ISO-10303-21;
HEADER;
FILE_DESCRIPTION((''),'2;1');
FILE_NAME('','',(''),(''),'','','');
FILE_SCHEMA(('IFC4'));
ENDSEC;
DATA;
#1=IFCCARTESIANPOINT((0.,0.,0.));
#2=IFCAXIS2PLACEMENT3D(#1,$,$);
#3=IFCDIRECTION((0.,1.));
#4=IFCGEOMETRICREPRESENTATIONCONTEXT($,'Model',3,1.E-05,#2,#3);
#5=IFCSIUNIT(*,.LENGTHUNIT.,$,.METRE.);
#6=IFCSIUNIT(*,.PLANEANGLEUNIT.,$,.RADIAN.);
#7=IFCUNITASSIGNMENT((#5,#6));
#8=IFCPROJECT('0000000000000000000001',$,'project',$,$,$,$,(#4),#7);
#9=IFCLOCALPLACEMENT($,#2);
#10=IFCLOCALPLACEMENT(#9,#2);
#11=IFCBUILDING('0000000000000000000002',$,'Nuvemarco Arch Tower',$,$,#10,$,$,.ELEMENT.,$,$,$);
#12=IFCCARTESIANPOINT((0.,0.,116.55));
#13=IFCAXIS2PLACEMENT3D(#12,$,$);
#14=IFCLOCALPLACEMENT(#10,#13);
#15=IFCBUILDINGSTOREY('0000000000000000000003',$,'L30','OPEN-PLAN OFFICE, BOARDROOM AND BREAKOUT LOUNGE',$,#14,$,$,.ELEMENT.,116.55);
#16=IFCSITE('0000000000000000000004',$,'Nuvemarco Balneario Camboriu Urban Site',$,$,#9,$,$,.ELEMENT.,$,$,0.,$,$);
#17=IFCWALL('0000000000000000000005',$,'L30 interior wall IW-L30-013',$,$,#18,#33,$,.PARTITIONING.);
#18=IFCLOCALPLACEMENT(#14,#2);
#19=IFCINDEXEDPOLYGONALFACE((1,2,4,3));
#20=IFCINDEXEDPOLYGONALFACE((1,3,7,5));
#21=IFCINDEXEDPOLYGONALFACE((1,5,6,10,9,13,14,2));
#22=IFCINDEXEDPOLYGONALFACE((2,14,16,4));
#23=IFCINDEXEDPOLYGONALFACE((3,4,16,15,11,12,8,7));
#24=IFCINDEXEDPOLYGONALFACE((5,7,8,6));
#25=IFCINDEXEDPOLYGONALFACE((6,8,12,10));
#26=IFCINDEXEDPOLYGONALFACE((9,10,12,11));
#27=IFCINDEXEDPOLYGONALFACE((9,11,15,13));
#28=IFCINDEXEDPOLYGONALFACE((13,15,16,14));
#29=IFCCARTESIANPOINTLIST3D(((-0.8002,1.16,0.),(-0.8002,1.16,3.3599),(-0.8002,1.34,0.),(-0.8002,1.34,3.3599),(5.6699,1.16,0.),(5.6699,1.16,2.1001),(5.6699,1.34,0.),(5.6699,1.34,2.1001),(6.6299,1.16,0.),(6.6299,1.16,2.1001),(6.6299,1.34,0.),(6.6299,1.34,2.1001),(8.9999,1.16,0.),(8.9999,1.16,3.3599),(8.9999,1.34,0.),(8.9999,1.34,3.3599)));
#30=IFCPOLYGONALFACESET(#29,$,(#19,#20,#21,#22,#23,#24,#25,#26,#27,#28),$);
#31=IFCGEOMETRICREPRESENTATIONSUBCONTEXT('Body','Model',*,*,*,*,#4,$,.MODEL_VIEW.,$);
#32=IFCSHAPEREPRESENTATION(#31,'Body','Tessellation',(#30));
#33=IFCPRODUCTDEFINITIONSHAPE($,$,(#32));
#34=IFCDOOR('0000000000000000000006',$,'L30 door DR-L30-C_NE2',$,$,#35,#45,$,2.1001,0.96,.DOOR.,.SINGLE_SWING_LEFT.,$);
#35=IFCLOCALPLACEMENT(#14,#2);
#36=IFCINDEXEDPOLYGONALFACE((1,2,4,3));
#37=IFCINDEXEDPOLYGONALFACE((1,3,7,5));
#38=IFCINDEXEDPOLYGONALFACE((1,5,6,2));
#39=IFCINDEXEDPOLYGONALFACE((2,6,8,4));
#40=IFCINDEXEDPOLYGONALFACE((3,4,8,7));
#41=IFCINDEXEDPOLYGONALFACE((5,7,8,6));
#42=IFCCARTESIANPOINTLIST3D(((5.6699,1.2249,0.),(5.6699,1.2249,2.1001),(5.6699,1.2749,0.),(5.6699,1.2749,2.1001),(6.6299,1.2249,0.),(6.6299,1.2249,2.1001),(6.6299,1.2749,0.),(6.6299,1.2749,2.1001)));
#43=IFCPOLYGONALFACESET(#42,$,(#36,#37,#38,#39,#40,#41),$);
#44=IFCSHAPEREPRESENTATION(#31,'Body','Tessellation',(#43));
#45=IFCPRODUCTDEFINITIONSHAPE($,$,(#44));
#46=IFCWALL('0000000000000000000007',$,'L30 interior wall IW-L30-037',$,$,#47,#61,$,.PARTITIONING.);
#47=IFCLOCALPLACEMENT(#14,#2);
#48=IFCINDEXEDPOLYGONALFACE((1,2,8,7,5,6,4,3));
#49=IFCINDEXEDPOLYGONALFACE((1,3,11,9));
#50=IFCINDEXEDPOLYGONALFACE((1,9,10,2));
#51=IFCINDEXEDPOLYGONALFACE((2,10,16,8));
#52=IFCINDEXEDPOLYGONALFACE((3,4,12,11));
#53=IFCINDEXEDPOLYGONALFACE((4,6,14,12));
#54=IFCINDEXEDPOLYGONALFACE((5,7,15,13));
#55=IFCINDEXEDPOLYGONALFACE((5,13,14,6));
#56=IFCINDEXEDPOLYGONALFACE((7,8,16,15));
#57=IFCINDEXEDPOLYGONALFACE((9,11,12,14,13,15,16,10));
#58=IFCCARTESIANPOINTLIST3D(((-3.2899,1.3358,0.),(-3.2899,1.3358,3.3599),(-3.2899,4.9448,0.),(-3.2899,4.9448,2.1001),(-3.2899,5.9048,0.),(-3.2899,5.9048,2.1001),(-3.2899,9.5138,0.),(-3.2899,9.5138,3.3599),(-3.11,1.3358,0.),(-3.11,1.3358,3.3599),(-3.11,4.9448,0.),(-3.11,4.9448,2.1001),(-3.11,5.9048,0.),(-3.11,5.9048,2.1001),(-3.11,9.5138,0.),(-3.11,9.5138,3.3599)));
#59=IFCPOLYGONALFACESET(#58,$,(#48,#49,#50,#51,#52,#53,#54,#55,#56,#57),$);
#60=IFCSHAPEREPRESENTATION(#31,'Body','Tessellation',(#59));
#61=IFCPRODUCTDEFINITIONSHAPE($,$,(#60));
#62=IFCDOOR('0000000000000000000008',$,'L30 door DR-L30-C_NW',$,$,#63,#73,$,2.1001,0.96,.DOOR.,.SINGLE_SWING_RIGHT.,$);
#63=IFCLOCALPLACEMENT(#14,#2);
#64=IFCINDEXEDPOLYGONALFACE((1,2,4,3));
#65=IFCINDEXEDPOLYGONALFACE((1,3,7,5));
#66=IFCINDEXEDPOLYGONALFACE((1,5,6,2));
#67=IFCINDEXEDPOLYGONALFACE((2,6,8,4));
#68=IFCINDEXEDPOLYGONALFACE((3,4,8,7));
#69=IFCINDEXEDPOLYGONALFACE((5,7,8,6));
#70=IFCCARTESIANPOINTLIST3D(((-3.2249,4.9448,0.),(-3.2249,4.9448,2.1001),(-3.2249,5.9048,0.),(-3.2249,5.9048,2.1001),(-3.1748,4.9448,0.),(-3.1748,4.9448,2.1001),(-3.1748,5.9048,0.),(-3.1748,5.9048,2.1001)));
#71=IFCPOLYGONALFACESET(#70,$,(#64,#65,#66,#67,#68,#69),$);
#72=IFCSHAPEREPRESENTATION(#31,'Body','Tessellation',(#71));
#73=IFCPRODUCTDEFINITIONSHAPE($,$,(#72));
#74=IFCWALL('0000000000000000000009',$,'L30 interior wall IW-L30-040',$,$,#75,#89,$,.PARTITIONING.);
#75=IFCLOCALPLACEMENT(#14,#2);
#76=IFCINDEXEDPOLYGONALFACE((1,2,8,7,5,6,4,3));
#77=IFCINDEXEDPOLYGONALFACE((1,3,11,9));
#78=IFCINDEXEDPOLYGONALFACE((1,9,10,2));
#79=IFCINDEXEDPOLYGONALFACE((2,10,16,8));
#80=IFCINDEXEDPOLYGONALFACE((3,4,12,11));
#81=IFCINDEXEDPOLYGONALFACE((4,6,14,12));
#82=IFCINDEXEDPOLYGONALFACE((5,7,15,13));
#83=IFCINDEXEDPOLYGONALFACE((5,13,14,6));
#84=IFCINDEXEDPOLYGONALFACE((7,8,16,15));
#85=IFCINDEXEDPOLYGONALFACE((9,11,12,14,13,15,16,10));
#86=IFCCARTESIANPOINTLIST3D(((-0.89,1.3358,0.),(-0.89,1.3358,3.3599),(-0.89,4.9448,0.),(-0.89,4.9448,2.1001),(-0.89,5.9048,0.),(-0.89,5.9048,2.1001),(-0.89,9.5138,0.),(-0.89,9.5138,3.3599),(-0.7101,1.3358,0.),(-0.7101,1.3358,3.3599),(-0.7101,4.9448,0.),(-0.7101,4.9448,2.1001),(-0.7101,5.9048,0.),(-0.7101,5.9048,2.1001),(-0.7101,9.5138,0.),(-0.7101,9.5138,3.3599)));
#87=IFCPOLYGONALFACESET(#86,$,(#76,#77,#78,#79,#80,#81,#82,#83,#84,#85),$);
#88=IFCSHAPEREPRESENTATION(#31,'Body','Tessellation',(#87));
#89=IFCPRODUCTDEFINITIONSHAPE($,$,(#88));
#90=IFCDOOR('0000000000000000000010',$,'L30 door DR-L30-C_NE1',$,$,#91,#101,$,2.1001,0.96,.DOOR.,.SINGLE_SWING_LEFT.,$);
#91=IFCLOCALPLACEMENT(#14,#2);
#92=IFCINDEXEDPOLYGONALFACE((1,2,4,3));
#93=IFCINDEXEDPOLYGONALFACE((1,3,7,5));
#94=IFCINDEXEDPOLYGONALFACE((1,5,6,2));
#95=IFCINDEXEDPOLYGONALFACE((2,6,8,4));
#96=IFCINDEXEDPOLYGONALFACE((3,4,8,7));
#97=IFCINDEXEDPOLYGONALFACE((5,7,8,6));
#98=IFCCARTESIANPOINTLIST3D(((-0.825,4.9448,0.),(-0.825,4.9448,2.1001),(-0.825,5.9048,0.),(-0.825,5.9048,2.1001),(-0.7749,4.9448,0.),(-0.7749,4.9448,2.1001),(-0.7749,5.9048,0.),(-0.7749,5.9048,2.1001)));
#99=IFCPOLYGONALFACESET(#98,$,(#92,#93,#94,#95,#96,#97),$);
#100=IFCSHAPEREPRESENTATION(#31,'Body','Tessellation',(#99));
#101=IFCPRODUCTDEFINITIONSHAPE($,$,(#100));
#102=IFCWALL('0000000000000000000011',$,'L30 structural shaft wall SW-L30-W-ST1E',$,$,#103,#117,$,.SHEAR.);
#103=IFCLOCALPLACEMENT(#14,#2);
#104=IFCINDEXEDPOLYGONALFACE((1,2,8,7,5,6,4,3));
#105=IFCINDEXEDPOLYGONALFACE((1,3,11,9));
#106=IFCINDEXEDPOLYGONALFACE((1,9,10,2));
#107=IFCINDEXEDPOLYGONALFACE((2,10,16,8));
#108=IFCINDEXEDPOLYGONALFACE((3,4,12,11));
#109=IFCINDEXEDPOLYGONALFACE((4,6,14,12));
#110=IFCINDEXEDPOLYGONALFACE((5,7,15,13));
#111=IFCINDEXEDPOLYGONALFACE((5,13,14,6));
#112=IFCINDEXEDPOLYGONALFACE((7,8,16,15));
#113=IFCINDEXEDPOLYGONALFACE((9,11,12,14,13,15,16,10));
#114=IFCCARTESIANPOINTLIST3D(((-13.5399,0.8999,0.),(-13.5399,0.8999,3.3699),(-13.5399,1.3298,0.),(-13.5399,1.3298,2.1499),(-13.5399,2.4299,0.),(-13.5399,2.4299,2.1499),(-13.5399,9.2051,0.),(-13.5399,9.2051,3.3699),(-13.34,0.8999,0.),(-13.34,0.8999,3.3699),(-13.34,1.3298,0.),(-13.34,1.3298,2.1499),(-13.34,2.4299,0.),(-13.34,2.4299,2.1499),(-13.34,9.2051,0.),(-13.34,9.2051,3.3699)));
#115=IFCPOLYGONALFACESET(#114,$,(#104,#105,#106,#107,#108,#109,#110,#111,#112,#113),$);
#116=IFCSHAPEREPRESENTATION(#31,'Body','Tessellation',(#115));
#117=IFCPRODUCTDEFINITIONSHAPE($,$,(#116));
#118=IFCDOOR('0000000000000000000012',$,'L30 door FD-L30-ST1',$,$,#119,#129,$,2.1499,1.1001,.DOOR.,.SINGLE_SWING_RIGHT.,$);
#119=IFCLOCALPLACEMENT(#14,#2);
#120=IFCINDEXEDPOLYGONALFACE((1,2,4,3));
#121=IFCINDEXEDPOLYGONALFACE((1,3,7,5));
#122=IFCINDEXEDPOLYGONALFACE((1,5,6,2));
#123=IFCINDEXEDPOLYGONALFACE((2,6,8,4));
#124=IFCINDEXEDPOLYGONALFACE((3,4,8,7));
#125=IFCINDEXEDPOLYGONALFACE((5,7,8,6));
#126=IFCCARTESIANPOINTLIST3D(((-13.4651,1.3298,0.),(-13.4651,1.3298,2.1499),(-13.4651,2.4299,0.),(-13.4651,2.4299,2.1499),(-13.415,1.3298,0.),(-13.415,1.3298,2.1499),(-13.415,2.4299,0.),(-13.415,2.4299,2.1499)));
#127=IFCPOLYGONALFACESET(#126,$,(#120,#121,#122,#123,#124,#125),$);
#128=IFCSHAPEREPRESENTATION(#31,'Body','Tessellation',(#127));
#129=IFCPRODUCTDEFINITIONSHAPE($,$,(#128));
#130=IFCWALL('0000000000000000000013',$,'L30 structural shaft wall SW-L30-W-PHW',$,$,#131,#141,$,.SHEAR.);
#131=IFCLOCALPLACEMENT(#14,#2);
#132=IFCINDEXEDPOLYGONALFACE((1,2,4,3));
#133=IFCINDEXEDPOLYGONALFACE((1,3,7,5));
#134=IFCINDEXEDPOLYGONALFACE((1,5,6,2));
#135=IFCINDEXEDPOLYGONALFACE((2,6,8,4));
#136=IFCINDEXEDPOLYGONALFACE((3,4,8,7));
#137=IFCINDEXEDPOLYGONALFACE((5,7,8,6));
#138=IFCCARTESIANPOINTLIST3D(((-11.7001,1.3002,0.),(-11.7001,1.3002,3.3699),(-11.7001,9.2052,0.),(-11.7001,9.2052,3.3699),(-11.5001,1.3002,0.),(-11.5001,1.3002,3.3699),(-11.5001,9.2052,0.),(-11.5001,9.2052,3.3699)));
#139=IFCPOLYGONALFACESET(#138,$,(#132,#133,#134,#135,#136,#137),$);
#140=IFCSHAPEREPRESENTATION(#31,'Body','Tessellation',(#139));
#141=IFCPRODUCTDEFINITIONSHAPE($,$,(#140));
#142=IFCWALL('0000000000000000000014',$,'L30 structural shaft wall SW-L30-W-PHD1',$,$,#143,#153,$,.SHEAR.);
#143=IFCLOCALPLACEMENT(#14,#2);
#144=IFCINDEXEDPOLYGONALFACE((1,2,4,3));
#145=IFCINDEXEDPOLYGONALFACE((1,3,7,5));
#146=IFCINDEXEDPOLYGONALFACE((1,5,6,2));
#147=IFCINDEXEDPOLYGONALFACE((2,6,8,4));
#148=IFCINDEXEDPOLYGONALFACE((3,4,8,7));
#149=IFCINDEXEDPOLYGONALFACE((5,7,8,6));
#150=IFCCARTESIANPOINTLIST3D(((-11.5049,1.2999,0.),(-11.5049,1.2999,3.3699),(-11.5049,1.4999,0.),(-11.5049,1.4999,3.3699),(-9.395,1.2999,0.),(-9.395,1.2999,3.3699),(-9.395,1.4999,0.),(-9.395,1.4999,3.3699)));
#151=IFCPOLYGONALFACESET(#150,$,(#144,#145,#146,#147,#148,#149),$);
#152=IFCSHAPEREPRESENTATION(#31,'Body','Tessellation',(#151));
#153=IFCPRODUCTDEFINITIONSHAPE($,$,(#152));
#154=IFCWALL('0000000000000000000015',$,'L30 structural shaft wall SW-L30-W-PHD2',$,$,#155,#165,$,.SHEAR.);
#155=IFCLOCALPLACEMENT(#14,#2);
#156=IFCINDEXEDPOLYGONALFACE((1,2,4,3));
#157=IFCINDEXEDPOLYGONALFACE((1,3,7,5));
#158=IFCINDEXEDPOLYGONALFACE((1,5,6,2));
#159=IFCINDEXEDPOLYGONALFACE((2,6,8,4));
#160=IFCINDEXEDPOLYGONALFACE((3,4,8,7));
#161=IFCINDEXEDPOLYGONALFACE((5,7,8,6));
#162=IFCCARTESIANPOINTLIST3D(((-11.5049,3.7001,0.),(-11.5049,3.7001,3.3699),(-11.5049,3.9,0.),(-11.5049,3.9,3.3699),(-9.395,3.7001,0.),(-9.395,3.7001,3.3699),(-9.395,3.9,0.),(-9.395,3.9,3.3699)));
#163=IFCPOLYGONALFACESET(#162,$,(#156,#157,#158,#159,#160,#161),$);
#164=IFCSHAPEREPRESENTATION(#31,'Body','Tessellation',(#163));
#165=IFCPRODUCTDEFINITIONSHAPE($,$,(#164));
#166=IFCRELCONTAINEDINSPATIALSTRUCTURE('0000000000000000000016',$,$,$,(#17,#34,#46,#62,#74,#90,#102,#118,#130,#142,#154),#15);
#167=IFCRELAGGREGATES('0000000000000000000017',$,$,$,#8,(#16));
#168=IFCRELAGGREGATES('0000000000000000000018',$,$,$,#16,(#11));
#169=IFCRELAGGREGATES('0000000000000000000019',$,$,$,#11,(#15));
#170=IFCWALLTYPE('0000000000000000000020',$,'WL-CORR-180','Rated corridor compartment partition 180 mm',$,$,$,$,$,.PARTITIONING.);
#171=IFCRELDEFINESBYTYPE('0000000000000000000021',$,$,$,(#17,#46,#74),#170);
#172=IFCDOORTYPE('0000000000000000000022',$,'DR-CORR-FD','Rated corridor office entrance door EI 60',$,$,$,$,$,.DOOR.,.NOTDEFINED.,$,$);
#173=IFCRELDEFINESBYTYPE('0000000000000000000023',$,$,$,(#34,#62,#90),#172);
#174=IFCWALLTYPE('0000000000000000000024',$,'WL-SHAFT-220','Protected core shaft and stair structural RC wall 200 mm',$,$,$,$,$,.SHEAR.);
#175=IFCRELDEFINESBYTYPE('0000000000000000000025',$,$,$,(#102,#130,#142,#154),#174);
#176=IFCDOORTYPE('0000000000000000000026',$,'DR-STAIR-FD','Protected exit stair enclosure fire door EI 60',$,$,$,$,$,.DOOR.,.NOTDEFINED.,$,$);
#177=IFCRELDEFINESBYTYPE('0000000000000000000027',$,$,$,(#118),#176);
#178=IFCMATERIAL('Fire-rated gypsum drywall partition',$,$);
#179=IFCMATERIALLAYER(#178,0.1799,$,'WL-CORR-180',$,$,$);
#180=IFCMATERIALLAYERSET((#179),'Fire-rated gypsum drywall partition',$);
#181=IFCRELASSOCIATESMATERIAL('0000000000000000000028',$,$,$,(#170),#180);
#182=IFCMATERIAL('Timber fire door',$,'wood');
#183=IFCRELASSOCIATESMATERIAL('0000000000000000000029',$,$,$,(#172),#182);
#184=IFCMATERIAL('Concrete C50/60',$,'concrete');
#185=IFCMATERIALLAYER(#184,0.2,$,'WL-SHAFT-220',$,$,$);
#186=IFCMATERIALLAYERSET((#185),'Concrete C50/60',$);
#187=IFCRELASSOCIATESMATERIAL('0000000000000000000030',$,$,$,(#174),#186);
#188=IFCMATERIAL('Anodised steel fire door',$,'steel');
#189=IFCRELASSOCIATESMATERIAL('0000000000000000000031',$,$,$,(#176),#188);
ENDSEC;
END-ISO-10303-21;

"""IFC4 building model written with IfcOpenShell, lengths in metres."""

from ifc_helpers import new_model, si_unit, direction, frame, frame_2d, origin, place, context, subcontext, project, spatial, rectangle, extrude, source, transform, mapped, material, layer, layer_set, type_object, type_shapes, element, fill, save


model = new_model("IFC4")

# Units and contexts
model_context = context("Model", 3, precision=1e-05, world=origin(), true_north=direction((0.0, 1.0)))
body_context = subcontext(model_context, "Body", "Model", "MODEL_VIEW")
ifc_project = project(units=[si_unit("LENGTHUNIT", "METRE"), si_unit("PLANEANGLEUNIT", "RADIAN")], contexts=[model_context])

# Site, building, storey
site_placement = place(None, origin())
site = spatial("IfcSite", under=ifc_project, at=site_placement, Name="Nuvemarco Balneario Camboriu Urban Site", CompositionType="ELEMENT", RefElevation=0.0)
building_placement = place(site_placement, origin())
building = spatial("IfcBuilding", under=site, at=building_placement, Name="Nuvemarco Arch Tower", CompositionType="ELEMENT")
storey_placement = place(building_placement, frame((0.0, 0.0, 116.55)))
storey = spatial("IfcBuildingStorey", under=building, at=storey_placement, Name="L30", Description="OPEN-PLAN OFFICE, BOARDROOM AND BREAKOUT LOUNGE", CompositionType="ELEMENT", Elevation=116.55)

# Shared definitions
ifc_material_1 = material(Name="Concrete C50/60", Category="concrete")

# Shared definitions
ifc_material_2 = material(Name="Fire-rated gypsum drywall partition")
ifc_layer_1 = layer(ifc_material_2, 0.1799, Name="WL-CORR-180")
ifc_layer_set_1 = layer_set([ifc_layer_1], Name="Fire-rated gypsum drywall partition")
wall_type_1 = type_object("IfcWallType", Name="WL-CORR-180", Description="Rated corridor compartment partition 180 mm", PredefinedType="PARTITIONING", material=ifc_layer_set_1)

# Walls, openings, doors
wall_1_placement = place(storey_placement, frame((-0.8, 1.25, 0.0), z_axis=(0.0, 0.0, 1.0), x_axis=(1.0, 0.0, 0.0)))
wall_1 = element("IfcWall", 1, at=wall_1_placement, inside=storey, type_object=wall_type_1, Name="L30 interior wall IW-L30-013", PredefinedType="PARTITIONING", context=body_context, shape_type="SweptSolid", body=[
    extrude(rectangle(XDim=9.8, YDim=0.1799, at=frame_2d((4.8999, 0.0))), origin(), (0.0, 0.0, 1.0), 3.3599),
])
opening_1_placement = place(wall_1_placement, frame((6.47, 0.0, 0.0)))
opening_1 = element("IfcOpeningElement", 2, at=opening_1_placement, cuts=wall_1, PredefinedType="OPENING", context=body_context, shape_type="SweptSolid", body=[
    extrude(rectangle(XDim=0.96, YDim=2.1001, at=frame_2d((0.48, 1.05))), frame((0.0, 0.0999, 0.0), z_axis=(0.0, -1.0, 0.0), x_axis=(1.0, 0.0, 0.0)), (0.0, 0.0, 1.0), 0.2),
])
ifc_material_3 = material(Name="Timber fire door", Category="wood")
door_type_1 = type_object("IfcDoorType", Name="DR-CORR-FD", Description="Rated corridor office entrance door EI 60", OperationType="NOTDEFINED", PredefinedType="DOOR", material=ifc_material_3)
shared_shape_1 = source(origin(), body_context, "Body", "SweptSolid", [
    extrude(rectangle(XDim=0.96, YDim=2.1001, at=frame_2d((0.48, 1.05))), frame((0.0, 0.0249, 0.0), z_axis=(0.0, -1.0, 0.0), x_axis=(1.0, 0.0, 0.0)), (0.0, 0.0, 1.0), 0.05),
])
type_shapes(door_type_1, [shared_shape_1])
door_1_placement = place(opening_1_placement, origin())
door_1 = element("IfcDoor", 3, at=door_1_placement, inside=storey, type_object=door_type_1, Name="L30 door DR-L30-C_NE2", OperationType="SINGLE_SWING_LEFT", OverallHeight=2.1001, OverallWidth=0.96, PredefinedType="DOOR", context=body_context, shape_type="MappedRepresentation", body=[
    mapped(shared_shape_1, transform((0.0, 0.0, 0.0), scale=1.0)),
])
fill(opening_1, door_1)
wall_2_placement = place(storey_placement, frame((-3.2, 1.3359, 0.0), z_axis=(0.0, 0.0, 1.0), x_axis=(0.0, 1.0, 0.0)))
wall_2 = element("IfcWall", 4, at=wall_2_placement, inside=storey, type_object=wall_type_1, Name="L30 interior wall IW-L30-037", PredefinedType="PARTITIONING", context=body_context, shape_type="SweptSolid", body=[
    extrude(rectangle(XDim=8.178, YDim=0.1799, at=frame_2d((4.0889, 0.0))), origin(), (0.0, 0.0, 1.0), 3.3599),
])
opening_2_placement = place(wall_2_placement, frame((3.6089, 0.0, 0.0)))
opening_2 = element("IfcOpeningElement", 5, at=opening_2_placement, cuts=wall_2, PredefinedType="OPENING", context=body_context, shape_type="SweptSolid", body=[
    extrude(rectangle(XDim=0.96, YDim=2.1001, at=frame_2d((0.48, 1.05))), frame((0.0, 0.0999, 0.0), z_axis=(0.0, -1.0, 0.0), x_axis=(1.0, 0.0, 0.0)), (0.0, 0.0, 1.0), 0.2),
])
door_2_placement = place(opening_2_placement, origin())
door_2 = element("IfcDoor", 6, at=door_2_placement, inside=storey, type_object=door_type_1, Name="L30 door DR-L30-C_NW", OperationType="SINGLE_SWING_RIGHT", OverallHeight=2.1001, OverallWidth=0.96, PredefinedType="DOOR", context=body_context, shape_type="MappedRepresentation", body=[
    mapped(shared_shape_1, transform((0.0, 0.0, 0.0), scale=1.0)),
])
fill(opening_2, door_2)
wall_3_placement = place(storey_placement, frame((-0.8, 1.3359, 0.0), z_axis=(0.0, 0.0, 1.0), x_axis=(0.0, 1.0, 0.0)))
wall_3 = element("IfcWall", 7, at=wall_3_placement, inside=storey, type_object=wall_type_1, Name="L30 interior wall IW-L30-040", PredefinedType="PARTITIONING", context=body_context, shape_type="SweptSolid", body=[
    extrude(rectangle(XDim=8.178, YDim=0.1799, at=frame_2d((4.0889, 0.0))), origin(), (0.0, 0.0, 1.0), 3.3599),
])
opening_3_placement = place(wall_3_placement, frame((3.6089, 0.0, 0.0)))
opening_3 = element("IfcOpeningElement", 8, at=opening_3_placement, cuts=wall_3, PredefinedType="OPENING", context=body_context, shape_type="SweptSolid", body=[
    extrude(rectangle(XDim=0.96, YDim=2.1001, at=frame_2d((0.48, 1.05))), frame((0.0, 0.0999, 0.0), z_axis=(0.0, -1.0, 0.0), x_axis=(1.0, 0.0, 0.0)), (0.0, 0.0, 1.0), 0.2),
])
door_3_placement = place(opening_3_placement, origin())
door_3 = element("IfcDoor", 9, at=door_3_placement, inside=storey, type_object=door_type_1, Name="L30 door DR-L30-C_NE1", OperationType="SINGLE_SWING_LEFT", OverallHeight=2.1001, OverallWidth=0.96, PredefinedType="DOOR", context=body_context, shape_type="MappedRepresentation", body=[
    mapped(shared_shape_1, transform((0.0, 0.0, 0.0), scale=1.0)),
])
fill(opening_3, door_3)
ifc_layer_2 = layer(ifc_material_1, 0.2, Name="WL-SHAFT-220")
ifc_layer_set_2 = layer_set([ifc_layer_2], Name="Concrete C50/60")
wall_type_2 = type_object("IfcWallType", Name="WL-SHAFT-220", Description="Protected core shaft and stair structural RC wall 200 mm", PredefinedType="SHEAR", material=ifc_layer_set_2)
wall_4_placement = place(storey_placement, frame((-13.4399, 0.8999, 0.0), z_axis=(0.0, 0.0, 1.0), x_axis=(0.0, 1.0, 0.0)))
wall_4 = element("IfcWall", 10, at=wall_4_placement, inside=storey, type_object=wall_type_2, Name="L30 structural shaft wall SW-L30-W-ST1E", PredefinedType="SHEAR", context=body_context, shape_type="SweptSolid", body=[
    extrude(rectangle(XDim=8.3052, YDim=0.2, at=frame_2d((4.1526, 0.0))), origin(), (0.0, 0.0, 1.0), 3.3699),
])
opening_4_placement = place(wall_4_placement, frame((1.53, 0.0, 0.0), z_axis=(0.0, 0.0, 1.0), x_axis=(-1.0, 0.0, 0.0)))
opening_4 = element("IfcOpeningElement", 11, at=opening_4_placement, cuts=wall_4, PredefinedType="OPENING", context=body_context, shape_type="SweptSolid", body=[
    extrude(rectangle(XDim=1.1001, YDim=2.1499, at=frame_2d((0.55, 1.075))), frame((0.0, 0.1099, 0.0), z_axis=(0.0, -1.0, 0.0), x_axis=(1.0, 0.0, 0.0)), (0.0, 0.0, 1.0), 0.22),
])
ifc_material_4 = material(Name="Anodised steel fire door", Category="steel")
door_type_2 = type_object("IfcDoorType", Name="DR-STAIR-FD", Description="Protected exit stair enclosure fire door EI 60", OperationType="NOTDEFINED", PredefinedType="DOOR", material=ifc_material_4)
shared_shape_2 = source(origin(), body_context, "Body", "SweptSolid", [
    extrude(rectangle(XDim=1.1001, YDim=2.1499, at=frame_2d((0.55, 1.075))), frame((0.0, 0.0249, 0.0), z_axis=(0.0, -1.0, 0.0), x_axis=(1.0, 0.0, 0.0)), (0.0, 0.0, 1.0), 0.05),
])
type_shapes(door_type_2, [shared_shape_2])
door_4_placement = place(opening_4_placement, origin())
door_4 = element("IfcDoor", 12, at=door_4_placement, inside=storey, type_object=door_type_2, Name="L30 door FD-L30-ST1", OperationType="SINGLE_SWING_RIGHT", OverallHeight=2.1499, OverallWidth=1.1001, PredefinedType="DOOR", context=body_context, shape_type="MappedRepresentation", body=[
    mapped(shared_shape_2, transform((0.0, 0.0, 0.0), scale=1.0)),
])
fill(opening_4, door_4)

# Walls
wall_5_placement = place(storey_placement, frame((-11.6001, 1.3, 0.0), z_axis=(0.0, 0.0, 1.0), x_axis=(0.0, 1.0, 0.0)))
element("IfcWall", 13, at=wall_5_placement, inside=storey, type_object=wall_type_2, Name="L30 structural shaft wall SW-L30-W-PHW", PredefinedType="SHEAR", context=body_context, shape_type="SweptSolid", body=[
    extrude(rectangle(XDim=7.905, YDim=0.2, at=frame_2d((3.9526, 0.0))), origin(), (0.0, 0.0, 1.0), 3.3699),
])
for number, where, z_axis, x_axis, name in (
    (14, (-11.5049, 1.3999, 0.0), (0.0, 0.0, 1.0), (1.0, 0.0, 0.0), "L30 structural shaft wall SW-L30-W-PHD1"),
    (15, (-11.5049, 3.8, 0.0), (0.0, 0.0, 1.0), (1.0, 0.0, 0.0), "L30 structural shaft wall SW-L30-W-PHD2"),
):
    element("IfcWall", number, at=place(storey_placement, frame(where, z_axis=z_axis, x_axis=x_axis)), inside=storey, type_object=wall_type_2, Name=name, PredefinedType="SHEAR", context=body_context, shape_type="SweptSolid", body=[
        extrude(rectangle(XDim=2.1099, YDim=0.2, at=frame_2d((1.0549, 0.0))), origin(), (0.0, 0.0, 1.0), 3.3699),
    ])

save(model, "model.ifc")
